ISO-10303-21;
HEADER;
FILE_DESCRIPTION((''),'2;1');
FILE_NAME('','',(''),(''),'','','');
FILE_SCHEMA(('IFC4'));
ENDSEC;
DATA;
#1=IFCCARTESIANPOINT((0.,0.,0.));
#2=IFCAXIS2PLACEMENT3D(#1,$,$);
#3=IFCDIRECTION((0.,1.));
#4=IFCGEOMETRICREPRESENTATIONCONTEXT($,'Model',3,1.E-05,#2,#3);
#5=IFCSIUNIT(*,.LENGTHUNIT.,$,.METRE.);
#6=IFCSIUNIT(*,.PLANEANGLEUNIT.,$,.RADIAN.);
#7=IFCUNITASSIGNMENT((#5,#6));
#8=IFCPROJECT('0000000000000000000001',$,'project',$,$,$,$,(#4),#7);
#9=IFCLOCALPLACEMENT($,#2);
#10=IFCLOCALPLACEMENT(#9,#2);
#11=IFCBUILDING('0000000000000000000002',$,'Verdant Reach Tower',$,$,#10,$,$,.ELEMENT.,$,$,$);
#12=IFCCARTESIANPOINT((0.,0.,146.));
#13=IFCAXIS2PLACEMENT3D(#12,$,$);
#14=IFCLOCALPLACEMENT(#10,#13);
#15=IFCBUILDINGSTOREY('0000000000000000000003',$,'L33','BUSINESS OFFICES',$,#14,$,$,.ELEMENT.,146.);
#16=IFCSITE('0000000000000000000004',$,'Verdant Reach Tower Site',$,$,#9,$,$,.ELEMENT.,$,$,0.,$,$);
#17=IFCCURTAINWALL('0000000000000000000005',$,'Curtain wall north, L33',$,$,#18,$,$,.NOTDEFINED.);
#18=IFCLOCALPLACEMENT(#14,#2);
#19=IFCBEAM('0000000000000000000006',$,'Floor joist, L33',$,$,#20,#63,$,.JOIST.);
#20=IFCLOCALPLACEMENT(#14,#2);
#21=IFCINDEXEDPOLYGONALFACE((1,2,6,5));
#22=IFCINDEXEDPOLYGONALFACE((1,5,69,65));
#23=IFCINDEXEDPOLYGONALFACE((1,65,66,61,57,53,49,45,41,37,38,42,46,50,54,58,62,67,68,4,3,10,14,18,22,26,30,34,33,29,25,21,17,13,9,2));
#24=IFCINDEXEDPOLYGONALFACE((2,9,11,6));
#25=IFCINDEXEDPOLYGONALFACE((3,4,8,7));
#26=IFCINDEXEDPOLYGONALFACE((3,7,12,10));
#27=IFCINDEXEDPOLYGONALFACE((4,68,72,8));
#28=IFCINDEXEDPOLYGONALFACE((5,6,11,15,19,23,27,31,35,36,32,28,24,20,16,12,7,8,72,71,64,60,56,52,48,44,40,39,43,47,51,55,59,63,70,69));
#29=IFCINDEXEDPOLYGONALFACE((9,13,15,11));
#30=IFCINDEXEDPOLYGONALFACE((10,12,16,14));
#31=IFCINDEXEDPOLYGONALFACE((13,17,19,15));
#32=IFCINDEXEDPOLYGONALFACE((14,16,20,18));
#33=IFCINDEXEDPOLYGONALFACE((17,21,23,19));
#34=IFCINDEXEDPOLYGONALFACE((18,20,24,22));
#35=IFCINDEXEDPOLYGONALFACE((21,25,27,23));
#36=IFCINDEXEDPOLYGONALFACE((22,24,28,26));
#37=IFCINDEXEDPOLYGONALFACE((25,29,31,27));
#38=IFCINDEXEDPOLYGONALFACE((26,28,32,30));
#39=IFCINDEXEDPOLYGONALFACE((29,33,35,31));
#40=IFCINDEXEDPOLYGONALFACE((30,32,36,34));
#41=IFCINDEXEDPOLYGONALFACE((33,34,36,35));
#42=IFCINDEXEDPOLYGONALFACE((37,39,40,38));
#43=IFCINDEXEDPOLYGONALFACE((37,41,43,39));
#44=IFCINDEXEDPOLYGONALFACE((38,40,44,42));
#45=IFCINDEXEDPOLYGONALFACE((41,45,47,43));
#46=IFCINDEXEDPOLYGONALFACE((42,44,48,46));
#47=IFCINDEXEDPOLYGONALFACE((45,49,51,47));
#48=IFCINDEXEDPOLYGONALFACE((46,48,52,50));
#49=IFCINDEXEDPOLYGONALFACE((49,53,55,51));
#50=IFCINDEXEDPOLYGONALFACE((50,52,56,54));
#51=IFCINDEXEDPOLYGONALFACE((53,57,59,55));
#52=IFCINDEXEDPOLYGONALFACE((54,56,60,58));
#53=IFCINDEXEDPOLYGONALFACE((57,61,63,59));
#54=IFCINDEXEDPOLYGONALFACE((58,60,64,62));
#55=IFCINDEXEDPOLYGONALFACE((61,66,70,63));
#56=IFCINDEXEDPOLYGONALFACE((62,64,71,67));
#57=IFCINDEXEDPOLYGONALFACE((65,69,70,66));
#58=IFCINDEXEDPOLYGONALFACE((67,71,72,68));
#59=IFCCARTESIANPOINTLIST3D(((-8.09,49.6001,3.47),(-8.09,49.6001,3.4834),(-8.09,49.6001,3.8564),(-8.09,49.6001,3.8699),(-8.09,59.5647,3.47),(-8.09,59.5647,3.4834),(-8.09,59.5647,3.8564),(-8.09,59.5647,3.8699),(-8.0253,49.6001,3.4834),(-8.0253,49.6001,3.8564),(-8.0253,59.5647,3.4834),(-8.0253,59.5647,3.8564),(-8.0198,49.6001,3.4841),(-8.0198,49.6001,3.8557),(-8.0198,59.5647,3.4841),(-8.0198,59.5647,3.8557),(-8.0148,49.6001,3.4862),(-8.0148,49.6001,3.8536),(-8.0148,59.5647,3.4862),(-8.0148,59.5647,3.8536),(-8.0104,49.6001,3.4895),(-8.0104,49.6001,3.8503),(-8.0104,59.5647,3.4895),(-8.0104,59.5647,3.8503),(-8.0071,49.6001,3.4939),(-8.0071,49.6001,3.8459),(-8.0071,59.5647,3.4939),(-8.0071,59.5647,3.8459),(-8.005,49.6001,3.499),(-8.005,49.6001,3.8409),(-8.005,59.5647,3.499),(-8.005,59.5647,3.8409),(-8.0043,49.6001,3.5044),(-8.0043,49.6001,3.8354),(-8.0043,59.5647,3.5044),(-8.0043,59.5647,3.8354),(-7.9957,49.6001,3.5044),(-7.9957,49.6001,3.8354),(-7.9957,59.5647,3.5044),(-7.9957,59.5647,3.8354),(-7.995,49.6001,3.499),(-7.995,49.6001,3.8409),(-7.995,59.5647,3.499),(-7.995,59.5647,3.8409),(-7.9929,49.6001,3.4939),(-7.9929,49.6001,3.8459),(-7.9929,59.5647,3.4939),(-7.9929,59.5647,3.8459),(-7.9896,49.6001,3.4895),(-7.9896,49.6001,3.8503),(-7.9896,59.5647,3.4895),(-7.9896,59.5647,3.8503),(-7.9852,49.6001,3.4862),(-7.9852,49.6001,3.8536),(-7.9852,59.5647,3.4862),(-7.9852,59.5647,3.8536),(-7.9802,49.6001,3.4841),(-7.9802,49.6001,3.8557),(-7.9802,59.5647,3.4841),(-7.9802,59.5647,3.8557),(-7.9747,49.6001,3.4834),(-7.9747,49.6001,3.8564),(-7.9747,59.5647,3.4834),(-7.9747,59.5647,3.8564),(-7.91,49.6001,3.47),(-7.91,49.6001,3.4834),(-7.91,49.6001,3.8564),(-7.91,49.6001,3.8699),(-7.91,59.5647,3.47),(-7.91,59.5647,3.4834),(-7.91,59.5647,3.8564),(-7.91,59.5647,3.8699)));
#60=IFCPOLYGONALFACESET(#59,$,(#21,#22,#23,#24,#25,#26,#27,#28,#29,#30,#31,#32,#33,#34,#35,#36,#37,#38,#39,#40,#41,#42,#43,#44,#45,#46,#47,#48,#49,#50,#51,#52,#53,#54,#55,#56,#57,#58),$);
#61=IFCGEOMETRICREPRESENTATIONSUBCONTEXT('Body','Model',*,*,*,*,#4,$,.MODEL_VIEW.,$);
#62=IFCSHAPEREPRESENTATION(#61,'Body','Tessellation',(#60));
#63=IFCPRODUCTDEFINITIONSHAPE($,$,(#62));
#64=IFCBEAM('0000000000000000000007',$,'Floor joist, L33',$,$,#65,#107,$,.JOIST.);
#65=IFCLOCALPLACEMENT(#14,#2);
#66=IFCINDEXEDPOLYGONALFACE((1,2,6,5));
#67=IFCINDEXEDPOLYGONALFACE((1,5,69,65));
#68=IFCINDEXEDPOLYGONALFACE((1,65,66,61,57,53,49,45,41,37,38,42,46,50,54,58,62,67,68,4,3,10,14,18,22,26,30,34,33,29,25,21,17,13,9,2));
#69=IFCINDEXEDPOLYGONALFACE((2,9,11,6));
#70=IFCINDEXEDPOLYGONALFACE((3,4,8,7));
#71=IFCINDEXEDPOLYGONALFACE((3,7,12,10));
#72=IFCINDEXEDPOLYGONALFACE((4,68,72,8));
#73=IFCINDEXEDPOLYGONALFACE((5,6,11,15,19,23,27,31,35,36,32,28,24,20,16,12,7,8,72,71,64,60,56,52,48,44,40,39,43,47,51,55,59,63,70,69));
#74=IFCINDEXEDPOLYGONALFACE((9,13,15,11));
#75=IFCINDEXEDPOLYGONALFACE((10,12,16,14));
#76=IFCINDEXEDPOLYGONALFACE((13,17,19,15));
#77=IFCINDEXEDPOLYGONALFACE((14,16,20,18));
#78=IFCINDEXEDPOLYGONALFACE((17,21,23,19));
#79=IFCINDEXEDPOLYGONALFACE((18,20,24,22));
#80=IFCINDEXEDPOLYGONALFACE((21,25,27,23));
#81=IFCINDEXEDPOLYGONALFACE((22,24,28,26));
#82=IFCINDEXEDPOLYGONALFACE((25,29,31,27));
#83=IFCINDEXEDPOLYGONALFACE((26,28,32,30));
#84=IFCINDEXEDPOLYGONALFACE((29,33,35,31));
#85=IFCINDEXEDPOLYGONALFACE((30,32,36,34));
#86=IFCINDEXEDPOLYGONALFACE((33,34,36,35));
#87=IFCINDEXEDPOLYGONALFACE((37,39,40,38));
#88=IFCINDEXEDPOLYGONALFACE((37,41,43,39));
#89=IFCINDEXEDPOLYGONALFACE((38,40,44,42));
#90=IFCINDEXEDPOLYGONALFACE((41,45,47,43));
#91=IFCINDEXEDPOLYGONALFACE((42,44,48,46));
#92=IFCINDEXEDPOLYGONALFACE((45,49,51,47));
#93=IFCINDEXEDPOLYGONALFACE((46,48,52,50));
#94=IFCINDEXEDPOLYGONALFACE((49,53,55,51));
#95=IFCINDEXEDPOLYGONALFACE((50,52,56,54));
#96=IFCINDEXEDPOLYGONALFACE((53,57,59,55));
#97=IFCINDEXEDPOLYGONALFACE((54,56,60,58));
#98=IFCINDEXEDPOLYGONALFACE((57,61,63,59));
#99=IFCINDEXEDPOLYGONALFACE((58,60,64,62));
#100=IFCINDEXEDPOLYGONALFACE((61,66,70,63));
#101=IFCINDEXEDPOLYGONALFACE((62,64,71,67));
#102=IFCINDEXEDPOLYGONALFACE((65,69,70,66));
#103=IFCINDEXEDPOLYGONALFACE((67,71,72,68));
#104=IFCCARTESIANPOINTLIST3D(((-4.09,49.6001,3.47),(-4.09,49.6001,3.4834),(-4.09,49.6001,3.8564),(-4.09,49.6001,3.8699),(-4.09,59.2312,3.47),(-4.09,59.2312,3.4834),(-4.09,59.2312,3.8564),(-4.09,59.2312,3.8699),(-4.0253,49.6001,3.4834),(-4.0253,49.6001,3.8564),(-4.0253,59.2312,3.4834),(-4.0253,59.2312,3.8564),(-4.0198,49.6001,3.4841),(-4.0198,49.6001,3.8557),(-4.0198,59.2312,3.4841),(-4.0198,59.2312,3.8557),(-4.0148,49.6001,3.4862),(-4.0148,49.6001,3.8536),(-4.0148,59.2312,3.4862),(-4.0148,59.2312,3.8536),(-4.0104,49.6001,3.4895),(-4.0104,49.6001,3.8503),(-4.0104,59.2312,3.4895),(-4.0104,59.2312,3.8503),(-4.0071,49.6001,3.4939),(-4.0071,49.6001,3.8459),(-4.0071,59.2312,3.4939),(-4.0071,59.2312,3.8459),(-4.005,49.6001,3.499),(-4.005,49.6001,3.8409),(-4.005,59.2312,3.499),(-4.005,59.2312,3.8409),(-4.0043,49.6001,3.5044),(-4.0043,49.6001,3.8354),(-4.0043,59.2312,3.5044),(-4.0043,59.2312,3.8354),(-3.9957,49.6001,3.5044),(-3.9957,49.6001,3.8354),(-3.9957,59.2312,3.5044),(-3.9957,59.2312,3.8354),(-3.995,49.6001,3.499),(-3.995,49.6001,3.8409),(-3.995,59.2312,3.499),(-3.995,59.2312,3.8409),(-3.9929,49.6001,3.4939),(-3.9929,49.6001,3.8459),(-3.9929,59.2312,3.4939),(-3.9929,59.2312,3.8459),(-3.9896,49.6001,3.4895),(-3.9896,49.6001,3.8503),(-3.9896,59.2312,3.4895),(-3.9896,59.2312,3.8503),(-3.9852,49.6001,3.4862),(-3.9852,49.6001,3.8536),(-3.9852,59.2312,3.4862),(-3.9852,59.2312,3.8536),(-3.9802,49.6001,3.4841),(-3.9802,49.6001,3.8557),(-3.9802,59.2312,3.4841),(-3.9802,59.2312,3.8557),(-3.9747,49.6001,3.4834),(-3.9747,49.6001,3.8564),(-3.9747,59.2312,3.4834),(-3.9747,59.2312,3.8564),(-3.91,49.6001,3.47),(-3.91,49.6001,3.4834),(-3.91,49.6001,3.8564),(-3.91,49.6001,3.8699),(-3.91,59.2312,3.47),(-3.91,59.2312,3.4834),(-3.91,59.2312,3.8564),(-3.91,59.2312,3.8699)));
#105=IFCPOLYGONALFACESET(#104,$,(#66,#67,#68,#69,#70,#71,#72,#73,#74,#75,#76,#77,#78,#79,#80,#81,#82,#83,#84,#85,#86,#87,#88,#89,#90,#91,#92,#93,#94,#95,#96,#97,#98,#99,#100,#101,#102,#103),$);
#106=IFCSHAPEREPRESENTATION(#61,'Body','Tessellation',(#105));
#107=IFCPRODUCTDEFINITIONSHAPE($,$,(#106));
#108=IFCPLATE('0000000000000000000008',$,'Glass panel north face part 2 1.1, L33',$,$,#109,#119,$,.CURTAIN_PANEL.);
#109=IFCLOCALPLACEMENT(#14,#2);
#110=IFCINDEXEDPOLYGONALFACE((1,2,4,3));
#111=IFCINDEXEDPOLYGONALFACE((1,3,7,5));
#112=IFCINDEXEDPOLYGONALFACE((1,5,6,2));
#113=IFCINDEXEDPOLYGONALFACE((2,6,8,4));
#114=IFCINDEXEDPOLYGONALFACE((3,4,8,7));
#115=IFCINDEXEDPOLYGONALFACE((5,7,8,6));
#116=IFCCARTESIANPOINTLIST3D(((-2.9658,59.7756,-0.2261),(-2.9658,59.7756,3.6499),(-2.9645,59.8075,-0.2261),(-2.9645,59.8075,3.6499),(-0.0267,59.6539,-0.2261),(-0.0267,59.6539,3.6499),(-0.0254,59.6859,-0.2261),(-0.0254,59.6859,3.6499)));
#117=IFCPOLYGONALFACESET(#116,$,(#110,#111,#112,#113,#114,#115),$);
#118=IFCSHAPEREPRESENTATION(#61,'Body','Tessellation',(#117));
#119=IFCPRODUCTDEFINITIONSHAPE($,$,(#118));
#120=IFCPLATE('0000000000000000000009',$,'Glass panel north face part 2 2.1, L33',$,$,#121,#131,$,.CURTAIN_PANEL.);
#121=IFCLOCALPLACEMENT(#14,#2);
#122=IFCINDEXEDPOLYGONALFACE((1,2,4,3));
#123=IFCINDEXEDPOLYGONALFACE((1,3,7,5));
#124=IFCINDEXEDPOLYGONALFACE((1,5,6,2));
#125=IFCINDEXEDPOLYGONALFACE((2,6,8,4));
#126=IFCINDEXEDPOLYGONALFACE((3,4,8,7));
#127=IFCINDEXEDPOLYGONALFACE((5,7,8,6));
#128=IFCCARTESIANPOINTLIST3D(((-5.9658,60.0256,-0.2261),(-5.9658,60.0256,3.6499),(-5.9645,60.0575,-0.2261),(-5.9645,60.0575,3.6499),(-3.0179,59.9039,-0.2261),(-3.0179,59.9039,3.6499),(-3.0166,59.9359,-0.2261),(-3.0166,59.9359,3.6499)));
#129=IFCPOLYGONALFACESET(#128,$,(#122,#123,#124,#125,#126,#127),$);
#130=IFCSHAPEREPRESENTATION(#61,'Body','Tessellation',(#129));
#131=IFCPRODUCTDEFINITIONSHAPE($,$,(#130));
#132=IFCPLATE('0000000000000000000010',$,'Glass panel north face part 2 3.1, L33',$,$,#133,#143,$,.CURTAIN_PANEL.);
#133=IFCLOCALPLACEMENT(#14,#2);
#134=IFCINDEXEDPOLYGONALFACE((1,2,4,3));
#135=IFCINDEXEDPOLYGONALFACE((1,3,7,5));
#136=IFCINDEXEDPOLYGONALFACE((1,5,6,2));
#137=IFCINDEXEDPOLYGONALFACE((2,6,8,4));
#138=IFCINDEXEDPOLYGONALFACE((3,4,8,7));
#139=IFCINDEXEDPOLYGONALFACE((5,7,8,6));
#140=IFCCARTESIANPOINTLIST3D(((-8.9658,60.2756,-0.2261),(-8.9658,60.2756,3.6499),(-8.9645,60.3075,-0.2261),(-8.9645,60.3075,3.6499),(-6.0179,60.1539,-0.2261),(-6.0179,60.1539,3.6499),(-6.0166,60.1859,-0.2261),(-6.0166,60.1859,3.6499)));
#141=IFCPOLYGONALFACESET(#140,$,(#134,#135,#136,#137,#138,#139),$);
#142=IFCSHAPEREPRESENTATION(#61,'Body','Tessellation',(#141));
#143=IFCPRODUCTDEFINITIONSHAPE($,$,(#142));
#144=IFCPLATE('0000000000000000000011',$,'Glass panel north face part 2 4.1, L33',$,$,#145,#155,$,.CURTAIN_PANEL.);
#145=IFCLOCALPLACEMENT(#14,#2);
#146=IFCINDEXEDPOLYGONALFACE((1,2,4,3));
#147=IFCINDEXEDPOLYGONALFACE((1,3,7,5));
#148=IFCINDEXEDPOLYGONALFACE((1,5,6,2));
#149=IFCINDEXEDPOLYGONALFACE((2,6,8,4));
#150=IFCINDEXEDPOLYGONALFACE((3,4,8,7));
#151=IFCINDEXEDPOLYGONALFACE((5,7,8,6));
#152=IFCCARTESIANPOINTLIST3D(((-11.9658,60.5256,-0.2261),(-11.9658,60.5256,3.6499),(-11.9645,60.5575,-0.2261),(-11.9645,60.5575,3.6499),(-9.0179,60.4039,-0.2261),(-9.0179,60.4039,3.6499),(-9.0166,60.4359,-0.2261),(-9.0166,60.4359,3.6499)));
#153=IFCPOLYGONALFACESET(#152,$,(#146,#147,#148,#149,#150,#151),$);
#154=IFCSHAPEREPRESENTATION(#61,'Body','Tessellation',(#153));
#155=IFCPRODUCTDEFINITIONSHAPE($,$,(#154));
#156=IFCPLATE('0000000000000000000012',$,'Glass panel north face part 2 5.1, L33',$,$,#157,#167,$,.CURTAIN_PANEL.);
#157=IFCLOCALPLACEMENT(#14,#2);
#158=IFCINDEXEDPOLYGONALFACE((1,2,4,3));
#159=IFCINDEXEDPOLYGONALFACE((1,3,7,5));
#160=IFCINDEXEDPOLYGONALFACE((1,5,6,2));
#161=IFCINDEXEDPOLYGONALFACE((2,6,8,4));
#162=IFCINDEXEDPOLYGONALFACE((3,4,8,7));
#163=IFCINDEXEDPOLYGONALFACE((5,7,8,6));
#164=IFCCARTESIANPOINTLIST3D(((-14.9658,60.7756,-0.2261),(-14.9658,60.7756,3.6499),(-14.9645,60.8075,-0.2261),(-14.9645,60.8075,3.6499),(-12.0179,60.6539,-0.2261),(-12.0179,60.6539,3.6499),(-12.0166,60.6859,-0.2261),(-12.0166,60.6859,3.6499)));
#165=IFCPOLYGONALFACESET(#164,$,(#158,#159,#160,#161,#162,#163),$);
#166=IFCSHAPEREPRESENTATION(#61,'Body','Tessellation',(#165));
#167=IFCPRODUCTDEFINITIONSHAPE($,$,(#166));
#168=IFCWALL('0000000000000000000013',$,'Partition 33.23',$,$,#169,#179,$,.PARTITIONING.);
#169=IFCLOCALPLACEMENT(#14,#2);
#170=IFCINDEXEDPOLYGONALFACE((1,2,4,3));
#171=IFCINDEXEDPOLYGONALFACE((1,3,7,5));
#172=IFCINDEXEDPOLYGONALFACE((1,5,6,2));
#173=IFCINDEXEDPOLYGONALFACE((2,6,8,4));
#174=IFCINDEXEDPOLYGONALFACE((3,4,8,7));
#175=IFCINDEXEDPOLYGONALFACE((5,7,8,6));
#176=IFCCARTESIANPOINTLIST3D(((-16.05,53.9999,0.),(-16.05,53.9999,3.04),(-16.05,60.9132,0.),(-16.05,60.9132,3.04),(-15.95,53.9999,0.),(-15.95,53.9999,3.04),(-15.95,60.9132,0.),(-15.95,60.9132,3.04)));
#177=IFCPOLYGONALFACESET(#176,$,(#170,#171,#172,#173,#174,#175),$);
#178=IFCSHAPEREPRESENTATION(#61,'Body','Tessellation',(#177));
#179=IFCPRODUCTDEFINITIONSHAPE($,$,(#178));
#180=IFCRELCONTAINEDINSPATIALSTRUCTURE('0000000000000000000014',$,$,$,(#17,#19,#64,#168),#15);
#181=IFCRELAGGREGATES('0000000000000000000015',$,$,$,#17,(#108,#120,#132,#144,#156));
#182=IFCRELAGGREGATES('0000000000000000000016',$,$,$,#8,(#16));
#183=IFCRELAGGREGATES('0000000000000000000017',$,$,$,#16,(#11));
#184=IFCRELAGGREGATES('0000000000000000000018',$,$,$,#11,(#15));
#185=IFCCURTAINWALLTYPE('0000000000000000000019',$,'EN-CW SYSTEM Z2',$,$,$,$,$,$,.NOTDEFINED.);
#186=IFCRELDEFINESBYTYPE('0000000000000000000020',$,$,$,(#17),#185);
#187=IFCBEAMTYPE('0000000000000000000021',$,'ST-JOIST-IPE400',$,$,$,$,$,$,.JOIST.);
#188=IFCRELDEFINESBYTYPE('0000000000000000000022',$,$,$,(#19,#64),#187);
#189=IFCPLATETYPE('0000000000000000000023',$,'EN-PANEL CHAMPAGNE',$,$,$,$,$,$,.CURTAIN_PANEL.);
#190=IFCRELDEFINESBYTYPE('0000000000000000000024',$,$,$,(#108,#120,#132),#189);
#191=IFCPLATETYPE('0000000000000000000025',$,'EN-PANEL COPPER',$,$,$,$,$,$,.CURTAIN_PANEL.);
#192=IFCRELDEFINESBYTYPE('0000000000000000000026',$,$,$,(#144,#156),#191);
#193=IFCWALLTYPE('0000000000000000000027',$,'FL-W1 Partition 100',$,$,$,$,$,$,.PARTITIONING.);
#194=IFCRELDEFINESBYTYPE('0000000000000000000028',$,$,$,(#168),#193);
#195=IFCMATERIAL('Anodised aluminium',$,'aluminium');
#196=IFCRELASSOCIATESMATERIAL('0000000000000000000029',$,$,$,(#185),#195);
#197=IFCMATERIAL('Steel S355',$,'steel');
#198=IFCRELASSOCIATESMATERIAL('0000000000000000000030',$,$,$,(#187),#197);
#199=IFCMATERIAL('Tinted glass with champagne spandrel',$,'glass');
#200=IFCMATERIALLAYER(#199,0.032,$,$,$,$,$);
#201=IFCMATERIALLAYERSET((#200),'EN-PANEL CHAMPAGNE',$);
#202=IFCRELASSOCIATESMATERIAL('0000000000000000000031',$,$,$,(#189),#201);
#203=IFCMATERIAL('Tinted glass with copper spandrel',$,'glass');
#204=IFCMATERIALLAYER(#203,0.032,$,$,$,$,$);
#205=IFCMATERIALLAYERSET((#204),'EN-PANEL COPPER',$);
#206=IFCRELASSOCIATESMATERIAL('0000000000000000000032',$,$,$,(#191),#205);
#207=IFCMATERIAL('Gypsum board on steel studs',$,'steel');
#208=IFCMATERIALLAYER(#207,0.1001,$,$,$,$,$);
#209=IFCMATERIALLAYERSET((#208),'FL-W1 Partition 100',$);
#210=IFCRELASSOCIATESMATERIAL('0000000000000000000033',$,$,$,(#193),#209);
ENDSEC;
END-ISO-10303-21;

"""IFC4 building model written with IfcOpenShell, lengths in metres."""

from ifc_helpers import new_model, si_unit, direction, frame, frame_2d, origin, origin_2d, place, context, subcontext, project, spatial, rectangle, i_section, extrude, material, layer, layer_set, material_profile, profile_set, type_object, element, aggregate, save


model = new_model("IFC4")

# Units and contexts
model_context = context("Model", 3, precision=1e-05, world=origin(), true_north=direction((0.0, 1.0)))
body_context = subcontext(model_context, "Body", "Model", "MODEL_VIEW")
ifc_project = project(units=[si_unit("LENGTHUNIT", "METRE"), si_unit("PLANEANGLEUNIT", "RADIAN")], contexts=[model_context])

# Site, building, storey
site_placement = place(None, origin())
site = spatial("IfcSite", under=ifc_project, at=site_placement, Name="Verdant Reach Tower Site", CompositionType="ELEMENT", RefElevation=0.0)
building_placement = place(site_placement, origin())
building = spatial("IfcBuilding", under=site, at=building_placement, Name="Verdant Reach Tower", CompositionType="ELEMENT")
storey_placement = place(building_placement, frame((0.0, 0.0, 146.0)))
storey = spatial("IfcBuildingStorey", under=building, at=storey_placement, Name="L33", Description="BUSINESS OFFICES", CompositionType="ELEMENT", Elevation=146.0)

# Curtain wall
ifc_material_1 = material(Name="Anodised aluminium", Category="aluminium")
curtain_wall_type = type_object("IfcCurtainWallType", Name="EN-CW SYSTEM Z2", PredefinedType="NOTDEFINED", material=ifc_material_1)
curtain_wall_placement = place(storey_placement, origin())
curtain_wall = element("IfcCurtainWall", 1, at=curtain_wall_placement, inside=storey, type_object=curtain_wall_type, Name="Curtain wall north, L33", PredefinedType="NOTDEFINED")

# Beams
ifc_material_2 = material(Name="Steel S355", Category="steel")
ifc_material_profile_1 = material_profile(ifc_material_2, i_section(OverallWidth=0.1799, OverallDepth=0.3999, WebThickness=0.0085, FlangeThickness=0.0134, FilletRadius=0.021, at=origin_2d()), Name="IPE 400")
ifc_profile_set_1 = profile_set([ifc_material_profile_1], Name="Steel S355")
beam_type_1 = type_object("IfcBeamType", Name="ST-JOIST-IPE400", PredefinedType="JOIST", material=ifc_profile_set_1)
beam_1_placement = place(storey_placement, frame((-8.0, 49.6001, 3.6699), z_axis=(0.0, 1.0, 0.0), x_axis=(-1.0, 0.0, 0.0)))
element("IfcBeam", 2, at=beam_1_placement, inside=storey, type_object=beam_type_1, Name="Floor joist, L33", PredefinedType="JOIST", context=body_context, shape_type="SweptSolid", body=[
    extrude(i_section(OverallWidth=0.1799, OverallDepth=0.3999, WebThickness=0.0085, FlangeThickness=0.0134, FilletRadius=0.021, at=origin_2d()), origin(), (0.0, 0.0, 1.0), 9.9646),
])
beam_2_placement = place(storey_placement, frame((-4.0, 49.6001, 3.6699), z_axis=(0.0, 1.0, 0.0), x_axis=(-1.0, 0.0, 0.0)))
element("IfcBeam", 3, at=beam_2_placement, inside=storey, type_object=beam_type_1, Name="Floor joist, L33", PredefinedType="JOIST", context=body_context, shape_type="SweptSolid", body=[
    extrude(i_section(OverallWidth=0.1799, OverallDepth=0.3999, WebThickness=0.0085, FlangeThickness=0.0134, FilletRadius=0.021, at=origin_2d()), origin(), (0.0, 0.0, 1.0), 9.6311),
])

# Plates
ifc_material_3 = material(Name="Tinted glass with champagne spandrel", Category="glass")
ifc_layer_1 = layer(ifc_material_3, 0.032)
ifc_layer_set_1 = layer_set([ifc_layer_1], Name="EN-PANEL CHAMPAGNE")
plate_type_1 = type_object("IfcPlateType", Name="EN-PANEL CHAMPAGNE", PredefinedType="CURTAIN_PANEL", material=ifc_layer_set_1)
plate_1_placement = place(storey_placement, frame((-1.4956, 59.7307, -0.2261), z_axis=(0.0, 0.0, 1.0), x_axis=(-0.999144, 0.041364, 0.0)))
plate_1 = element("IfcPlate", 4, at=plate_1_placement, type_object=plate_type_1, Name="Glass panel north face part 2 1.1, L33", PredefinedType="CURTAIN_PANEL", context=body_context, shape_type="SweptSolid", body=[
    extrude(rectangle(XDim=2.9417, YDim=0.032, at=origin_2d()), origin(), (0.0, 0.0, 1.0), 3.876),
])
plate_2_placement = place(storey_placement, frame((-4.4912, 59.9807, -0.2261), z_axis=(0.0, 0.0, 1.0), x_axis=(-0.999149, 0.041242, 0.0)))
plate_2 = element("IfcPlate", 5, at=plate_2_placement, type_object=plate_type_1, Name="Glass panel north face part 2 2.1, L33", PredefinedType="CURTAIN_PANEL", context=body_context, shape_type="SweptSolid", body=[
    extrude(rectangle(XDim=2.9504, YDim=0.032, at=origin_2d()), origin(), (0.0, 0.0, 1.0), 3.876),
])
plate_3_placement = place(storey_placement, frame((-7.4912, 60.2307, -0.2261), z_axis=(0.0, 0.0, 1.0), x_axis=(-0.999149, 0.041242, 0.0)))
plate_3 = element("IfcPlate", 6, at=plate_3_placement, type_object=plate_type_1, Name="Glass panel north face part 2 3.1, L33", PredefinedType="CURTAIN_PANEL", context=body_context, shape_type="SweptSolid", body=[
    extrude(rectangle(XDim=2.9504, YDim=0.032, at=origin_2d()), origin(), (0.0, 0.0, 1.0), 3.876),
])
ifc_material_4 = material(Name="Tinted glass with copper spandrel", Category="glass")
ifc_layer_2 = layer(ifc_material_4, 0.032)
ifc_layer_set_2 = layer_set([ifc_layer_2], Name="EN-PANEL COPPER")
plate_type_2 = type_object("IfcPlateType", Name="EN-PANEL COPPER", PredefinedType="CURTAIN_PANEL", material=ifc_layer_set_2)
plate_4_placement = place(storey_placement, frame((-10.4912, 60.4807, -0.2261), z_axis=(0.0, 0.0, 1.0), x_axis=(-0.999149, 0.041242, 0.0)))
plate_4 = element("IfcPlate", 7, at=plate_4_placement, type_object=plate_type_2, Name="Glass panel north face part 2 4.1, L33", PredefinedType="CURTAIN_PANEL", context=body_context, shape_type="SweptSolid", body=[
    extrude(rectangle(XDim=2.9504, YDim=0.032, at=origin_2d()), origin(), (0.0, 0.0, 1.0), 3.876),
])
plate_5_placement = place(storey_placement, frame((-13.4912, 60.7307, -0.2261), z_axis=(0.0, 0.0, 1.0), x_axis=(-0.999149, 0.041242, 0.0)))
plate_5 = element("IfcPlate", 8, at=plate_5_placement, type_object=plate_type_2, Name="Glass panel north face part 2 5.1, L33", PredefinedType="CURTAIN_PANEL", context=body_context, shape_type="SweptSolid", body=[
    extrude(rectangle(XDim=2.9504, YDim=0.032, at=origin_2d()), origin(), (0.0, 0.0, 1.0), 3.876),
])
aggregate(curtain_wall, [plate_1, plate_2, plate_3, plate_4, plate_5])

# Wall
ifc_material_5 = material(Name="Gypsum board on steel studs", Category="steel")
ifc_layer_3 = layer(ifc_material_5, 0.1001)
ifc_layer_set_3 = layer_set([ifc_layer_3], Name="FL-W1 Partition 100")
wall_type = type_object("IfcWallType", Name="FL-W1 Partition 100", PredefinedType="PARTITIONING", material=ifc_layer_set_3)
wall_1_placement = place(storey_placement, frame((-16.0, 54.0, 0.0), z_axis=(0.0, 0.0, 1.0), x_axis=(0.0, 1.0, 0.0)))
element("IfcWall", 9, at=wall_1_placement, inside=storey, type_object=wall_type, Name="Partition 33.23", PredefinedType="PARTITIONING", context=body_context, shape_type="SweptSolid", body=[
    extrude(rectangle(XDim=6.9133, YDim=0.1001, at=frame_2d((3.4565, 0.0))), origin(), (0.0, 0.0, 1.0), 3.04),
])

save(model, "model.ifc")
